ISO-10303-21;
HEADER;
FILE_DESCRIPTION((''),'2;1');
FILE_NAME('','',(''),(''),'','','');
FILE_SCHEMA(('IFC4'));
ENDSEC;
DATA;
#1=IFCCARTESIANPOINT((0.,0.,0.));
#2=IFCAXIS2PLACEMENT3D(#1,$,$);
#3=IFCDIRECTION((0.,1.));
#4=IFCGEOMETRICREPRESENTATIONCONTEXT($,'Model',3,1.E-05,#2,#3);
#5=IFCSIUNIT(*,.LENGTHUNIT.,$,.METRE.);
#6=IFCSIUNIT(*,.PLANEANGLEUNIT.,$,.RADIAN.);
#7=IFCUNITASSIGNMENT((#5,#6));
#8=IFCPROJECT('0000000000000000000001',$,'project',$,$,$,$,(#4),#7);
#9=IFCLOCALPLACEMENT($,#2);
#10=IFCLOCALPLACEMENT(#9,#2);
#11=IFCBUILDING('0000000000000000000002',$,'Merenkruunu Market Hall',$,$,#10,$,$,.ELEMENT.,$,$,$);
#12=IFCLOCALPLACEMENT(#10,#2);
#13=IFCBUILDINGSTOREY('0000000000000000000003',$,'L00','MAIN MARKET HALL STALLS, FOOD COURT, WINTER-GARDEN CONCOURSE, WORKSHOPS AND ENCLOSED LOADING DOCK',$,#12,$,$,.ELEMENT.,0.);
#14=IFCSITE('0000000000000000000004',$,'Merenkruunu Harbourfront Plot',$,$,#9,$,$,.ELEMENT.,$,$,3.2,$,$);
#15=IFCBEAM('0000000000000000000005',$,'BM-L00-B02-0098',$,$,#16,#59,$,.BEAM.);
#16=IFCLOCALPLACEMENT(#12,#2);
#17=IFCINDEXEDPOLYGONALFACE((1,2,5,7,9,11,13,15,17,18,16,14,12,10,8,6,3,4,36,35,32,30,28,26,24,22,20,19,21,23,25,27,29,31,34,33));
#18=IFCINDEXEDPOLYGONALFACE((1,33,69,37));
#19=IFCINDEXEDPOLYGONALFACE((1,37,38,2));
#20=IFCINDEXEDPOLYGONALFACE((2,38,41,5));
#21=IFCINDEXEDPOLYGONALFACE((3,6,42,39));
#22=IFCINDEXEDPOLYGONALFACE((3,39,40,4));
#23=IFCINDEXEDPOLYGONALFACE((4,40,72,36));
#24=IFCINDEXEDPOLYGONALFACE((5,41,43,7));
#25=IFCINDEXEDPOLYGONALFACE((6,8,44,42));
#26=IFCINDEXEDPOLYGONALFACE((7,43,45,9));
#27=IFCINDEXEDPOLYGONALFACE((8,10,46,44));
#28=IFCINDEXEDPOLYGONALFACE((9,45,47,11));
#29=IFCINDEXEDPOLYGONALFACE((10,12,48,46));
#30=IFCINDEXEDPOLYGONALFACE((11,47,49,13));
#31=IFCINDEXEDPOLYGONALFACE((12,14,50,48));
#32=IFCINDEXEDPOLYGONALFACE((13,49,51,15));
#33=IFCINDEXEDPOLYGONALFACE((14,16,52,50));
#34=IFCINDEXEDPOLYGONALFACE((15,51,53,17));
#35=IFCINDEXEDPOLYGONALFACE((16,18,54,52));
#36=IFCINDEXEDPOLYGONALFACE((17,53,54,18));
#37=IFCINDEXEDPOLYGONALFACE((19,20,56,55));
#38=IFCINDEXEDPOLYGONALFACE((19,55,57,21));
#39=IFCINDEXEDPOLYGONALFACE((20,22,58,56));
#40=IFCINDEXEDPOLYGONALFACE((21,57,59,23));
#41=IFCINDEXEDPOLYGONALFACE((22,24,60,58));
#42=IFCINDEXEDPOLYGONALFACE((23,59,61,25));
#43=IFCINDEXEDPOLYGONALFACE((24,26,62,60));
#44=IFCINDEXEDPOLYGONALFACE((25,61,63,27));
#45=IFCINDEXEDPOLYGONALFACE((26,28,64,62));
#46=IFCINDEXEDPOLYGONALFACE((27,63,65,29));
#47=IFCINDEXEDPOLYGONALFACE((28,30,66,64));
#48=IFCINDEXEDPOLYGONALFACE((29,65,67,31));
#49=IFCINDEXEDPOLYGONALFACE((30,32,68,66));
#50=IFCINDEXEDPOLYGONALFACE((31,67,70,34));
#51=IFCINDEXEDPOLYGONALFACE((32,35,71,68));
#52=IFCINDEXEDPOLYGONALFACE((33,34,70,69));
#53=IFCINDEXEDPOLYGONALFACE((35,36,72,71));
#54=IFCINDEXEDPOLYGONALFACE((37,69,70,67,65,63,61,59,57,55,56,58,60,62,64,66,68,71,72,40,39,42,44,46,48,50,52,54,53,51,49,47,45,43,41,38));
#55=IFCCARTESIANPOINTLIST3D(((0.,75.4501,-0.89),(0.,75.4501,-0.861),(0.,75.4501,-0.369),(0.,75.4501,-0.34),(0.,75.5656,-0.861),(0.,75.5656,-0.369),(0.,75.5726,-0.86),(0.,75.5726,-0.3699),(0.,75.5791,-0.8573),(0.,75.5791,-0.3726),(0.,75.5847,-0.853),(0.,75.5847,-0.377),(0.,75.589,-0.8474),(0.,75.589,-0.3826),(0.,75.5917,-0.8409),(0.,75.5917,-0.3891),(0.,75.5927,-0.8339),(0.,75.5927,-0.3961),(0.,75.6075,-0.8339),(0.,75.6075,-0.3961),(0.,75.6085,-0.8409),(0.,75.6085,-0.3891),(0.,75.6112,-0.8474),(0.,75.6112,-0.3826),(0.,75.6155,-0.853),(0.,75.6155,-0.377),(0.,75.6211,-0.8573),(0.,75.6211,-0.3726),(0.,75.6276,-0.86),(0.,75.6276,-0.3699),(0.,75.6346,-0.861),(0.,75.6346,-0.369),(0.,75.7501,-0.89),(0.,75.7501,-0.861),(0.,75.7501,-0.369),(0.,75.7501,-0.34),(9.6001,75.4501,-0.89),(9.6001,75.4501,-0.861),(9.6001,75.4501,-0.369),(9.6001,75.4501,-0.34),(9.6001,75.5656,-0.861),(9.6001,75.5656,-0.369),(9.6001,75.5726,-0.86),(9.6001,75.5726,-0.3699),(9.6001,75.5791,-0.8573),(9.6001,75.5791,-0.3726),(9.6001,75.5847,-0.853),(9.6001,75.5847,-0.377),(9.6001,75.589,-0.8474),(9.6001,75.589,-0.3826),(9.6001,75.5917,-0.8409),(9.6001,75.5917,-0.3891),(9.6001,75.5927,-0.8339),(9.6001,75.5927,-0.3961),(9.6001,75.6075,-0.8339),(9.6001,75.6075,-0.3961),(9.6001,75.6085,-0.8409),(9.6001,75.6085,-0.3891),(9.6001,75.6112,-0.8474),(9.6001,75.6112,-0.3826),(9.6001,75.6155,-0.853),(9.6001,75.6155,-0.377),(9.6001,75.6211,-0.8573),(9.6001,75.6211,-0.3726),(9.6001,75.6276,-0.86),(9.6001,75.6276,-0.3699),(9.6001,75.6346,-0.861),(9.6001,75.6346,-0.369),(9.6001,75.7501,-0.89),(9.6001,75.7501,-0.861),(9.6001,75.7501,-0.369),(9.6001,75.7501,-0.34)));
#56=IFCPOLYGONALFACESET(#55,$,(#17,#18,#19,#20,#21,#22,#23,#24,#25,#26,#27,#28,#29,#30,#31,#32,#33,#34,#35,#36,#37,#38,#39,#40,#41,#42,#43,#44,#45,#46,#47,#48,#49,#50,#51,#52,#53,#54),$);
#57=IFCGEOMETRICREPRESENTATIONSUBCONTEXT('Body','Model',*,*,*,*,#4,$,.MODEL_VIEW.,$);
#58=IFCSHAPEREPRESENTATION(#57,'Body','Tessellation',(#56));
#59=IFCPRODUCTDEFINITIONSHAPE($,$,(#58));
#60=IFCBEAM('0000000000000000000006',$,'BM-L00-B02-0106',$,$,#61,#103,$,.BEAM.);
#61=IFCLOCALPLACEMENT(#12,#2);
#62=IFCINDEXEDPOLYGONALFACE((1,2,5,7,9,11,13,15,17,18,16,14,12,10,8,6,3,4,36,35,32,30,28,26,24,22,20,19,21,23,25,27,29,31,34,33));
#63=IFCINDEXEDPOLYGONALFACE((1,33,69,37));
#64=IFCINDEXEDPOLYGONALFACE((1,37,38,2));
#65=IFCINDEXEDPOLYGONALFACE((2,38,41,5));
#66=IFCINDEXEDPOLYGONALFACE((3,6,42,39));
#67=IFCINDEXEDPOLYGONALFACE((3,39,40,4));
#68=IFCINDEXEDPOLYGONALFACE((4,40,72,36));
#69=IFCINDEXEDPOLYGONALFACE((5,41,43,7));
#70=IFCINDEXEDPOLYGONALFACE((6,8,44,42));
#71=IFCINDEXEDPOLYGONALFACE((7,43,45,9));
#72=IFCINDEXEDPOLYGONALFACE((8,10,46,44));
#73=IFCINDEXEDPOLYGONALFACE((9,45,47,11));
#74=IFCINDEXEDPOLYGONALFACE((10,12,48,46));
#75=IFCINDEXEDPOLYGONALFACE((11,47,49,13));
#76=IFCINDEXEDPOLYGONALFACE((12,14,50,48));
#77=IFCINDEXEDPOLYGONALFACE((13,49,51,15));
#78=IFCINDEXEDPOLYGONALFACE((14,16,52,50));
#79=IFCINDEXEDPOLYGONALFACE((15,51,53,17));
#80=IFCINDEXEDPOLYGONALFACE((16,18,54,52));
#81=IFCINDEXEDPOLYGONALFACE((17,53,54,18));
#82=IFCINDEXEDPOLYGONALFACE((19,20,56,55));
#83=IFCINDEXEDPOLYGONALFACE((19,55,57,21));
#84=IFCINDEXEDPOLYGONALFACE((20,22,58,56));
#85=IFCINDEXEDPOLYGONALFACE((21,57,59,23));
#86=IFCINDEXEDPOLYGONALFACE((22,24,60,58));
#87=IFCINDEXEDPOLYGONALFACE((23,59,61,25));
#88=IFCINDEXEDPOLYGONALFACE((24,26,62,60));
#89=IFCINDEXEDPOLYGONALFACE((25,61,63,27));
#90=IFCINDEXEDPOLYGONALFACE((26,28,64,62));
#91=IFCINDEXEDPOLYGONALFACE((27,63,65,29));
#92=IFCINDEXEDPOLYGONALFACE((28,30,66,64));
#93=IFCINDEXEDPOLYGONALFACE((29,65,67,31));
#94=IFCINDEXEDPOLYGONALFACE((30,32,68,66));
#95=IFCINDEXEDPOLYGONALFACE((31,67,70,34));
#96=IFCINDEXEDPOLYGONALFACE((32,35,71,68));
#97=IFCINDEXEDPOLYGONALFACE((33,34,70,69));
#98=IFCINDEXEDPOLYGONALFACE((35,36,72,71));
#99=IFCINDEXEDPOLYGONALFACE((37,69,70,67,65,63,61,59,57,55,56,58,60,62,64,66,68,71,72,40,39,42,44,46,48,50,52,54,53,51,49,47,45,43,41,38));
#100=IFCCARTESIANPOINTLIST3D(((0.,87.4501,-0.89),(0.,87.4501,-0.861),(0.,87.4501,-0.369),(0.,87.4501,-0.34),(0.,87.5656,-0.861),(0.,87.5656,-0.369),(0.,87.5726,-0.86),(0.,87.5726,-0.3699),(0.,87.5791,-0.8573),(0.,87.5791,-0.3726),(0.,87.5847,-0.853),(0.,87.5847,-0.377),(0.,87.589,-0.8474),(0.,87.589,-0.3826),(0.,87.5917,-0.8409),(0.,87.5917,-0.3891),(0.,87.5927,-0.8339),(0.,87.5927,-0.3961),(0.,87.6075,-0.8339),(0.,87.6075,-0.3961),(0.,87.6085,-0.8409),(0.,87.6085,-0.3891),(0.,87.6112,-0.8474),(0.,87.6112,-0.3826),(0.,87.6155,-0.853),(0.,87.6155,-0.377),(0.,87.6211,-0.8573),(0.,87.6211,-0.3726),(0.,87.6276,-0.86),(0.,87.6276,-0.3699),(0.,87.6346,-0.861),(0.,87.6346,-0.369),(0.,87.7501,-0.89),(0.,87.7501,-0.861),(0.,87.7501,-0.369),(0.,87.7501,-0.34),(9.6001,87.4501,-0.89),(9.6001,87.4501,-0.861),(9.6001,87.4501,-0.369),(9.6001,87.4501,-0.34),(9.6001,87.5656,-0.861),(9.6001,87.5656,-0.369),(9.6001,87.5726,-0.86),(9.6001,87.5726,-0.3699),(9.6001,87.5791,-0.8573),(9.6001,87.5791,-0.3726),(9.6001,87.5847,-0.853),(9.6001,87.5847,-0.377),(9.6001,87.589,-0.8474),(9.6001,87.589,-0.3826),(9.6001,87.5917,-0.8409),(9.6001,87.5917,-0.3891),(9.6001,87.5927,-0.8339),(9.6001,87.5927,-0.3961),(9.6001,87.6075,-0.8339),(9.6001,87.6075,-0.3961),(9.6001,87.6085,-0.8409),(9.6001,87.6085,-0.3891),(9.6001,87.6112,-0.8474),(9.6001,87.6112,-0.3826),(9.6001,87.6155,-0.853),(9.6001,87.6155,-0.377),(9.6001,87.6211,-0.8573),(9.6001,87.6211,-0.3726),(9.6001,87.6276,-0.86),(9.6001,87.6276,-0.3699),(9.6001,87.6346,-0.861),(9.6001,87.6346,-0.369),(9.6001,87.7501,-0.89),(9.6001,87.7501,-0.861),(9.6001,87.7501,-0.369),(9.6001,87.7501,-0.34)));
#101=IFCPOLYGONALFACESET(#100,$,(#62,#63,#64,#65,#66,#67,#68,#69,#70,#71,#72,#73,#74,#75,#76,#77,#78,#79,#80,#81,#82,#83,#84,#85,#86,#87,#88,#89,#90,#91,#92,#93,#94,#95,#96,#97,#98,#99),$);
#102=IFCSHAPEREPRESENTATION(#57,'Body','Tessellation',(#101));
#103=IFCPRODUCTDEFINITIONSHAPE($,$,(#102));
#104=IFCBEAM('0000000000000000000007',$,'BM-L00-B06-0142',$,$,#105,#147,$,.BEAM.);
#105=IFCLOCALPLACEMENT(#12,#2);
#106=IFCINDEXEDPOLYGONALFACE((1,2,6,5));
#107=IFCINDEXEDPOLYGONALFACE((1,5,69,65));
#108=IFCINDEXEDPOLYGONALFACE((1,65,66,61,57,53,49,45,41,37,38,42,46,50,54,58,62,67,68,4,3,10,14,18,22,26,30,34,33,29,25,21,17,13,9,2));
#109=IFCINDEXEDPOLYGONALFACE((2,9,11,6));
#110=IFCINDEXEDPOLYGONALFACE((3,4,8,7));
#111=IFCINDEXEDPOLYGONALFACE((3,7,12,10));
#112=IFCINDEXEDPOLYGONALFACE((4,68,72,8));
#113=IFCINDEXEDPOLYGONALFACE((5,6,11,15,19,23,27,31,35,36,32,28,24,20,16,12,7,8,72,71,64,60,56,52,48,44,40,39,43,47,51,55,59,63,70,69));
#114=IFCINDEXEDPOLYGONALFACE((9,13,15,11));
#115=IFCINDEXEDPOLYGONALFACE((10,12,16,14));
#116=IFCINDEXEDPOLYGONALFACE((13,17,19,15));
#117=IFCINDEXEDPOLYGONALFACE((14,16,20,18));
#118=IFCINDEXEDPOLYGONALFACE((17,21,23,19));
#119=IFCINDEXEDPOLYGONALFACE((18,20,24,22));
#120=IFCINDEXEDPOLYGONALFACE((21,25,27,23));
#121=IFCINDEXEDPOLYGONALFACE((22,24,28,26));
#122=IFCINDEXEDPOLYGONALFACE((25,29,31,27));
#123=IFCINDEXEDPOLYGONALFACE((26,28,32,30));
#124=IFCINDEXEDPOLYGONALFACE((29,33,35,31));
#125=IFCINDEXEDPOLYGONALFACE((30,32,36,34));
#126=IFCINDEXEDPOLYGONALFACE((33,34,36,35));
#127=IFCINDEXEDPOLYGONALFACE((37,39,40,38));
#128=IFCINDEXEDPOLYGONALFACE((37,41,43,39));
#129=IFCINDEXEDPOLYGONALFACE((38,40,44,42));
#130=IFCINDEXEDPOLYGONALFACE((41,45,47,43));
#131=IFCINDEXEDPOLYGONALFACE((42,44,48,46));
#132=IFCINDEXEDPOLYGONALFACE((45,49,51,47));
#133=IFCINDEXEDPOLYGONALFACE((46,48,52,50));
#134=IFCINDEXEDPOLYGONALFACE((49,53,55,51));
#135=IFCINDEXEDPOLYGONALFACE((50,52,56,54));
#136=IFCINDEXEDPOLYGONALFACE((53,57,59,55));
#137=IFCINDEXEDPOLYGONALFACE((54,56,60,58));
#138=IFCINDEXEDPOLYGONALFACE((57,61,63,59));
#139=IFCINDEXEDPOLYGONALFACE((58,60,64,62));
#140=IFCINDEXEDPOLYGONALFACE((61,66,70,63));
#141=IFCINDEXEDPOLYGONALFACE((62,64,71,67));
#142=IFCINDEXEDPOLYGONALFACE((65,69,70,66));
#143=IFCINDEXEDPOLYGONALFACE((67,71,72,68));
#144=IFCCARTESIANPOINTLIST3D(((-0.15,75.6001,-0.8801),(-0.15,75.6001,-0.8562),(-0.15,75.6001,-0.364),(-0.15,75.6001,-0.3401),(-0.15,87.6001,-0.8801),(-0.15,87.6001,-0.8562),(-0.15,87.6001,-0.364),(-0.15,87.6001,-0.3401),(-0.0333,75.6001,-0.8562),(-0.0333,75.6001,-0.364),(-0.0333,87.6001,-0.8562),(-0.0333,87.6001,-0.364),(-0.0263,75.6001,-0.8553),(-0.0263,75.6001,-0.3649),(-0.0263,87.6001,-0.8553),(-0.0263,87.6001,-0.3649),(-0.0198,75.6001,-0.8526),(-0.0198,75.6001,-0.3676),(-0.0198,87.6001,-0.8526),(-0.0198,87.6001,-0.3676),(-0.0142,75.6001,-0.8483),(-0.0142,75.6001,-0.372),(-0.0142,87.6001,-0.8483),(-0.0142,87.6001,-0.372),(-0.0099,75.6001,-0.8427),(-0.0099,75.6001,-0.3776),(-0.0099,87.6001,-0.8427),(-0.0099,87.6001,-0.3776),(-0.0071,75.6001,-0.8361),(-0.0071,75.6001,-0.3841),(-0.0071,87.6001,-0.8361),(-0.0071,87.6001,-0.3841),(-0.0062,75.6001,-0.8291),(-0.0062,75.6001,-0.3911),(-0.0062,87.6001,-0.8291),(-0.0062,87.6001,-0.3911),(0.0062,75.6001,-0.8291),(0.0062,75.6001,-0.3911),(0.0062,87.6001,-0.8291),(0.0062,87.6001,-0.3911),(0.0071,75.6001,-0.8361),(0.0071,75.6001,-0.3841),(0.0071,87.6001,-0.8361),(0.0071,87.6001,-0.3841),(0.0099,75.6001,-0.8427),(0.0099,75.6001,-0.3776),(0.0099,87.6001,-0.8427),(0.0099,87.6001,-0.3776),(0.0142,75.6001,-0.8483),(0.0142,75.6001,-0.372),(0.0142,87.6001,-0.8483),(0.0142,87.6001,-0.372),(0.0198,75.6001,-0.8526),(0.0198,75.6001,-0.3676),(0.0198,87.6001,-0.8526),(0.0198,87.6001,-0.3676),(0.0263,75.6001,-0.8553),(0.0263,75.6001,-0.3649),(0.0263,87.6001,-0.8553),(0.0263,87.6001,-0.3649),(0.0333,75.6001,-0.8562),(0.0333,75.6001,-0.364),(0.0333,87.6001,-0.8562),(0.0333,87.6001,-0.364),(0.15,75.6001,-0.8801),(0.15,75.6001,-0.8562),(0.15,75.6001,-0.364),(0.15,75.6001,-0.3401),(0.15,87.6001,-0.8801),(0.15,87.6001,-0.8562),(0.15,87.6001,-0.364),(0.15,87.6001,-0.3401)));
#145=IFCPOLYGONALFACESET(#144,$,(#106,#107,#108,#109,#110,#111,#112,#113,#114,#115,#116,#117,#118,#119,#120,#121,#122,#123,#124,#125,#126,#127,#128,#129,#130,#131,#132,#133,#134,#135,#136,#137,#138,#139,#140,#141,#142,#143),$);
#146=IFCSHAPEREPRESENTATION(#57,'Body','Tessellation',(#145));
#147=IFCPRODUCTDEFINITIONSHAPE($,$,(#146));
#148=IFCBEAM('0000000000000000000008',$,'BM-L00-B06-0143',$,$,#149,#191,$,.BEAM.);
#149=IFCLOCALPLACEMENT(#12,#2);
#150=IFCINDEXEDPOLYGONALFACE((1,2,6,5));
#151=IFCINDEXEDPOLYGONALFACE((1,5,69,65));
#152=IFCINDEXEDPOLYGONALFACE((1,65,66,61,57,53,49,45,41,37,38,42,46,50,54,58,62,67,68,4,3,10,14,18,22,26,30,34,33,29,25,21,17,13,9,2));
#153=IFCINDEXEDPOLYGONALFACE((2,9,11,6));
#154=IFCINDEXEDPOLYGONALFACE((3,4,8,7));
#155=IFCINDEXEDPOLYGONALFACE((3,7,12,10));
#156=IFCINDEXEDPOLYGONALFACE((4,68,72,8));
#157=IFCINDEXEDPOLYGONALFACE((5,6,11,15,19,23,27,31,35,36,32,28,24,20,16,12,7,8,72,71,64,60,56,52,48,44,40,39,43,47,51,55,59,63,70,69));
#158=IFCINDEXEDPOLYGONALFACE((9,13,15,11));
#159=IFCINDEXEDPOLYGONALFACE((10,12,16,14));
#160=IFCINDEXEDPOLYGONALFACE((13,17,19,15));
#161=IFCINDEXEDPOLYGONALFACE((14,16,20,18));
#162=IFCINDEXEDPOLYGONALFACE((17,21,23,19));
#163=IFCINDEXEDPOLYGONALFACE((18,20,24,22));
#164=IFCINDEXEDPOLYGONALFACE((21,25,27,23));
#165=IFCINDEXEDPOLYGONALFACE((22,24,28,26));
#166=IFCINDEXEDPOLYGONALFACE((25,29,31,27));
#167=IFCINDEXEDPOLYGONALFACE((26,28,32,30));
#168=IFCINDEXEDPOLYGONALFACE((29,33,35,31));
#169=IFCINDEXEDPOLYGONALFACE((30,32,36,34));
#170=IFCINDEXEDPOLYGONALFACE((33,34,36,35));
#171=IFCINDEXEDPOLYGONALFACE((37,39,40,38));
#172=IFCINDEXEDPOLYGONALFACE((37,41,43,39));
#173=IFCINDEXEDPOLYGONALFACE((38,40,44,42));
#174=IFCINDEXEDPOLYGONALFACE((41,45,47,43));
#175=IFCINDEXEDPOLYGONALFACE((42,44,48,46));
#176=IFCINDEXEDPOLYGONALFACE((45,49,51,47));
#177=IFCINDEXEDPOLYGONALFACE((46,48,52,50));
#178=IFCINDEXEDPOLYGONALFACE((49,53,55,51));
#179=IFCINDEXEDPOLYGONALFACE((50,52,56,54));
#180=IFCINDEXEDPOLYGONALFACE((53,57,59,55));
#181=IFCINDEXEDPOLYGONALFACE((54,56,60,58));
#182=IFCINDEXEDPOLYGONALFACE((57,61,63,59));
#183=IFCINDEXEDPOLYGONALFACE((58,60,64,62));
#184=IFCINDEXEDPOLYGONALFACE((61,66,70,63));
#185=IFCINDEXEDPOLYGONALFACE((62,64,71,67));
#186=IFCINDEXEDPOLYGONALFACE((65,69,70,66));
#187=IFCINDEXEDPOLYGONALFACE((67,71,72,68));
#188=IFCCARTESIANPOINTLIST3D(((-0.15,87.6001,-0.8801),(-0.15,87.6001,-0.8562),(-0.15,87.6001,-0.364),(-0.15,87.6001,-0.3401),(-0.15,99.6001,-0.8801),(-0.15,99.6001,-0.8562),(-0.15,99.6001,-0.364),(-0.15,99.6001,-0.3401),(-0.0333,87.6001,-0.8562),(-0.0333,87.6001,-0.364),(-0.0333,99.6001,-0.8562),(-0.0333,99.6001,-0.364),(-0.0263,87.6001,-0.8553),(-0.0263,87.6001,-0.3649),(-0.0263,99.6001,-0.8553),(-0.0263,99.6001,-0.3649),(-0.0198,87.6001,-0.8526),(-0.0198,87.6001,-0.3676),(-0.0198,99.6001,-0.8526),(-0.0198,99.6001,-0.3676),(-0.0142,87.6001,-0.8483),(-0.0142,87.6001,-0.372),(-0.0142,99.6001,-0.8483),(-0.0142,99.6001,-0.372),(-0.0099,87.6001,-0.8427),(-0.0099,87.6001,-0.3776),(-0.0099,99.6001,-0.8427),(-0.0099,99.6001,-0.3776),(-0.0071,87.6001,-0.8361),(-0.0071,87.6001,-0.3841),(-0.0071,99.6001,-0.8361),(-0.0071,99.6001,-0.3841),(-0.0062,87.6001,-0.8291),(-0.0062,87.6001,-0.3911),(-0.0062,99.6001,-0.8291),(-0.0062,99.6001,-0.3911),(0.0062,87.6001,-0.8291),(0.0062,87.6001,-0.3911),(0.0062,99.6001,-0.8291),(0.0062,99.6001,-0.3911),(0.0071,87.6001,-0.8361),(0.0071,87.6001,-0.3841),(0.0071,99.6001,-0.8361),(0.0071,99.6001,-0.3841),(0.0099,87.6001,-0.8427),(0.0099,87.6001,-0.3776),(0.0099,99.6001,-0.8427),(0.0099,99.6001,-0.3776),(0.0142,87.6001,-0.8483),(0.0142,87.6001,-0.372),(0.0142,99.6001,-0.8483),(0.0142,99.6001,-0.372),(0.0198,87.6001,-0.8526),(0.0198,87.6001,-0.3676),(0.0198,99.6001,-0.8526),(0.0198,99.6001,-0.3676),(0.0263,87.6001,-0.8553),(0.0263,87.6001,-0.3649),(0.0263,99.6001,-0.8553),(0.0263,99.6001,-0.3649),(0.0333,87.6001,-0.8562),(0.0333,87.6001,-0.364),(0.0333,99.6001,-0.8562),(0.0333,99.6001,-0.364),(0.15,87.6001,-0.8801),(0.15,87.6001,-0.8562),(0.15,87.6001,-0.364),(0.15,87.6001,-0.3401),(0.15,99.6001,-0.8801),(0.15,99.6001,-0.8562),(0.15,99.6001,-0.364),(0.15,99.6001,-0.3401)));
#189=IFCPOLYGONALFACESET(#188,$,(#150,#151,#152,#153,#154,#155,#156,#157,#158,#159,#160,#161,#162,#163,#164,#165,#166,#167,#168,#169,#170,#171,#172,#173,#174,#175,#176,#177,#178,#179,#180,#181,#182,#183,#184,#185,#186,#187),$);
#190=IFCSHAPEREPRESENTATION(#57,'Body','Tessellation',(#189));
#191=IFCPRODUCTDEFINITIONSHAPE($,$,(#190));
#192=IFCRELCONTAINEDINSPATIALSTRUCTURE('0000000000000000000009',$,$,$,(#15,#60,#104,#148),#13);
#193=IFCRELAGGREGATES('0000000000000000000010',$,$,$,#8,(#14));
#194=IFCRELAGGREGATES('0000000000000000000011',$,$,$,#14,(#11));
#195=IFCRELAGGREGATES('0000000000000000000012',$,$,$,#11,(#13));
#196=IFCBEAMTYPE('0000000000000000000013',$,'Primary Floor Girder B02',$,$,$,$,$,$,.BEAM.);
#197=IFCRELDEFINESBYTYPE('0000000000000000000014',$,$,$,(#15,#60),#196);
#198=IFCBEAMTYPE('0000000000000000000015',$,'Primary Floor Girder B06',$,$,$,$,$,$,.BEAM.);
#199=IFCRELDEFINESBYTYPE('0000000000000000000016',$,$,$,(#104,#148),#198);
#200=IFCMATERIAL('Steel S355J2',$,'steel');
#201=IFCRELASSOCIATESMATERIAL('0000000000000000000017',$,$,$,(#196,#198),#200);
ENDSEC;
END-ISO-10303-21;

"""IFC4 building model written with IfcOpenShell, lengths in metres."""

from ifc_helpers import new_model, si_unit, direction, frame, origin, origin_2d, place, context, subcontext, project, spatial, i_section, extrude, material, material_profile, profile_set, type_object, element, save


model = new_model("IFC4")

# Units and contexts
model_context = context("Model", 3, precision=1e-05, world=origin(), true_north=direction((0.0, 1.0)))
body_context = subcontext(model_context, "Body", "Model", "MODEL_VIEW")
ifc_project = project(units=[si_unit("LENGTHUNIT", "METRE"), si_unit("PLANEANGLEUNIT", "RADIAN")], contexts=[model_context])

# Site, building, storey
site_placement = place(None, origin())
site = spatial("IfcSite", under=ifc_project, at=site_placement, Name="Merenkruunu Harbourfront Plot", CompositionType="ELEMENT", RefElevation=3.2)
building_placement = place(site_placement, origin())
building = spatial("IfcBuilding", under=site, at=building_placement, Name="Merenkruunu Market Hall", CompositionType="ELEMENT")
storey_placement = place(building_placement, origin())
storey = spatial("IfcBuildingStorey", under=building, at=storey_placement, Name="L00", Description="MAIN MARKET HALL STALLS, FOOD COURT, WINTER-GARDEN CONCOURSE, WORKSHOPS AND ENCLOSED LOADING DOCK", CompositionType="ELEMENT", Elevation=0.0)

# Beams
ifc_material_1 = material(Name="Steel S355J2", Category="steel")
ifc_material_profile_1 = material_profile(ifc_material_1, i_section(OverallWidth=0.3, OverallDepth=0.55, WebThickness=0.0149, FlangeThickness=0.0291, FilletRadius=0.0271, at=origin_2d()), Name="HEB 550")
ifc_profile_set_1 = profile_set([ifc_material_profile_1], Name="Steel S355J2")
beam_type_1 = type_object("IfcBeamType", Name="Primary Floor Girder B02", PredefinedType="BEAM", material=ifc_profile_set_1)
for number, where, z_axis, x_axis, name in (
    (1, (0.0, 75.6001, -0.615), (1.0, 0.0, 0.0), (0.0, 1.0, 0.0), "BM-L00-B02-0098"),
    (2, (0.0, 87.6001, -0.615), (1.0, 0.0, 0.0), (0.0, 1.0, 0.0), "BM-L00-B02-0106"),
):
    element("IfcBeam", number, at=place(storey_placement, frame(where, z_axis=z_axis, x_axis=x_axis)), inside=storey, type_object=beam_type_1, Name=name, PredefinedType="BEAM", context=body_context, shape_type="SweptSolid", body=[
        extrude(i_section(OverallWidth=0.3, OverallDepth=0.55, WebThickness=0.0149, FlangeThickness=0.0291, FilletRadius=0.0271, at=origin_2d()), origin(), (0.0, 0.0, 1.0), 9.6001),
    ])
ifc_material_profile_2 = material_profile(ifc_material_1, i_section(OverallWidth=0.3, OverallDepth=0.54, WebThickness=0.0125, FlangeThickness=0.0239, FilletRadius=0.0271, at=origin_2d()), Name="HEA 550")
ifc_profile_set_2 = profile_set([ifc_material_profile_2], Name="Steel S355J2")
beam_type_2 = type_object("IfcBeamType", Name="Primary Floor Girder B06", PredefinedType="BEAM", material=ifc_profile_set_2)
for number, where, z_axis, x_axis, name in (
    (3, (0.0, 75.6001, -0.6101), (0.0, 1.0, 0.0), (-1.0, 0.0, 0.0), "BM-L00-B06-0142"),
    (4, (0.0, 87.6001, -0.6101), (0.0, 1.0, 0.0), (-1.0, 0.0, 0.0), "BM-L00-B06-0143"),
):
    element("IfcBeam", number, at=place(storey_placement, frame(where, z_axis=z_axis, x_axis=x_axis)), inside=storey, type_object=beam_type_2, Name=name, PredefinedType="BEAM", context=body_context, shape_type="SweptSolid", body=[
        extrude(i_section(OverallWidth=0.3, OverallDepth=0.54, WebThickness=0.0125, FlangeThickness=0.0239, FilletRadius=0.0271, at=origin_2d()), origin(), (0.0, 0.0, 1.0), 12.0),
    ])

save(model, "model.ifc")
